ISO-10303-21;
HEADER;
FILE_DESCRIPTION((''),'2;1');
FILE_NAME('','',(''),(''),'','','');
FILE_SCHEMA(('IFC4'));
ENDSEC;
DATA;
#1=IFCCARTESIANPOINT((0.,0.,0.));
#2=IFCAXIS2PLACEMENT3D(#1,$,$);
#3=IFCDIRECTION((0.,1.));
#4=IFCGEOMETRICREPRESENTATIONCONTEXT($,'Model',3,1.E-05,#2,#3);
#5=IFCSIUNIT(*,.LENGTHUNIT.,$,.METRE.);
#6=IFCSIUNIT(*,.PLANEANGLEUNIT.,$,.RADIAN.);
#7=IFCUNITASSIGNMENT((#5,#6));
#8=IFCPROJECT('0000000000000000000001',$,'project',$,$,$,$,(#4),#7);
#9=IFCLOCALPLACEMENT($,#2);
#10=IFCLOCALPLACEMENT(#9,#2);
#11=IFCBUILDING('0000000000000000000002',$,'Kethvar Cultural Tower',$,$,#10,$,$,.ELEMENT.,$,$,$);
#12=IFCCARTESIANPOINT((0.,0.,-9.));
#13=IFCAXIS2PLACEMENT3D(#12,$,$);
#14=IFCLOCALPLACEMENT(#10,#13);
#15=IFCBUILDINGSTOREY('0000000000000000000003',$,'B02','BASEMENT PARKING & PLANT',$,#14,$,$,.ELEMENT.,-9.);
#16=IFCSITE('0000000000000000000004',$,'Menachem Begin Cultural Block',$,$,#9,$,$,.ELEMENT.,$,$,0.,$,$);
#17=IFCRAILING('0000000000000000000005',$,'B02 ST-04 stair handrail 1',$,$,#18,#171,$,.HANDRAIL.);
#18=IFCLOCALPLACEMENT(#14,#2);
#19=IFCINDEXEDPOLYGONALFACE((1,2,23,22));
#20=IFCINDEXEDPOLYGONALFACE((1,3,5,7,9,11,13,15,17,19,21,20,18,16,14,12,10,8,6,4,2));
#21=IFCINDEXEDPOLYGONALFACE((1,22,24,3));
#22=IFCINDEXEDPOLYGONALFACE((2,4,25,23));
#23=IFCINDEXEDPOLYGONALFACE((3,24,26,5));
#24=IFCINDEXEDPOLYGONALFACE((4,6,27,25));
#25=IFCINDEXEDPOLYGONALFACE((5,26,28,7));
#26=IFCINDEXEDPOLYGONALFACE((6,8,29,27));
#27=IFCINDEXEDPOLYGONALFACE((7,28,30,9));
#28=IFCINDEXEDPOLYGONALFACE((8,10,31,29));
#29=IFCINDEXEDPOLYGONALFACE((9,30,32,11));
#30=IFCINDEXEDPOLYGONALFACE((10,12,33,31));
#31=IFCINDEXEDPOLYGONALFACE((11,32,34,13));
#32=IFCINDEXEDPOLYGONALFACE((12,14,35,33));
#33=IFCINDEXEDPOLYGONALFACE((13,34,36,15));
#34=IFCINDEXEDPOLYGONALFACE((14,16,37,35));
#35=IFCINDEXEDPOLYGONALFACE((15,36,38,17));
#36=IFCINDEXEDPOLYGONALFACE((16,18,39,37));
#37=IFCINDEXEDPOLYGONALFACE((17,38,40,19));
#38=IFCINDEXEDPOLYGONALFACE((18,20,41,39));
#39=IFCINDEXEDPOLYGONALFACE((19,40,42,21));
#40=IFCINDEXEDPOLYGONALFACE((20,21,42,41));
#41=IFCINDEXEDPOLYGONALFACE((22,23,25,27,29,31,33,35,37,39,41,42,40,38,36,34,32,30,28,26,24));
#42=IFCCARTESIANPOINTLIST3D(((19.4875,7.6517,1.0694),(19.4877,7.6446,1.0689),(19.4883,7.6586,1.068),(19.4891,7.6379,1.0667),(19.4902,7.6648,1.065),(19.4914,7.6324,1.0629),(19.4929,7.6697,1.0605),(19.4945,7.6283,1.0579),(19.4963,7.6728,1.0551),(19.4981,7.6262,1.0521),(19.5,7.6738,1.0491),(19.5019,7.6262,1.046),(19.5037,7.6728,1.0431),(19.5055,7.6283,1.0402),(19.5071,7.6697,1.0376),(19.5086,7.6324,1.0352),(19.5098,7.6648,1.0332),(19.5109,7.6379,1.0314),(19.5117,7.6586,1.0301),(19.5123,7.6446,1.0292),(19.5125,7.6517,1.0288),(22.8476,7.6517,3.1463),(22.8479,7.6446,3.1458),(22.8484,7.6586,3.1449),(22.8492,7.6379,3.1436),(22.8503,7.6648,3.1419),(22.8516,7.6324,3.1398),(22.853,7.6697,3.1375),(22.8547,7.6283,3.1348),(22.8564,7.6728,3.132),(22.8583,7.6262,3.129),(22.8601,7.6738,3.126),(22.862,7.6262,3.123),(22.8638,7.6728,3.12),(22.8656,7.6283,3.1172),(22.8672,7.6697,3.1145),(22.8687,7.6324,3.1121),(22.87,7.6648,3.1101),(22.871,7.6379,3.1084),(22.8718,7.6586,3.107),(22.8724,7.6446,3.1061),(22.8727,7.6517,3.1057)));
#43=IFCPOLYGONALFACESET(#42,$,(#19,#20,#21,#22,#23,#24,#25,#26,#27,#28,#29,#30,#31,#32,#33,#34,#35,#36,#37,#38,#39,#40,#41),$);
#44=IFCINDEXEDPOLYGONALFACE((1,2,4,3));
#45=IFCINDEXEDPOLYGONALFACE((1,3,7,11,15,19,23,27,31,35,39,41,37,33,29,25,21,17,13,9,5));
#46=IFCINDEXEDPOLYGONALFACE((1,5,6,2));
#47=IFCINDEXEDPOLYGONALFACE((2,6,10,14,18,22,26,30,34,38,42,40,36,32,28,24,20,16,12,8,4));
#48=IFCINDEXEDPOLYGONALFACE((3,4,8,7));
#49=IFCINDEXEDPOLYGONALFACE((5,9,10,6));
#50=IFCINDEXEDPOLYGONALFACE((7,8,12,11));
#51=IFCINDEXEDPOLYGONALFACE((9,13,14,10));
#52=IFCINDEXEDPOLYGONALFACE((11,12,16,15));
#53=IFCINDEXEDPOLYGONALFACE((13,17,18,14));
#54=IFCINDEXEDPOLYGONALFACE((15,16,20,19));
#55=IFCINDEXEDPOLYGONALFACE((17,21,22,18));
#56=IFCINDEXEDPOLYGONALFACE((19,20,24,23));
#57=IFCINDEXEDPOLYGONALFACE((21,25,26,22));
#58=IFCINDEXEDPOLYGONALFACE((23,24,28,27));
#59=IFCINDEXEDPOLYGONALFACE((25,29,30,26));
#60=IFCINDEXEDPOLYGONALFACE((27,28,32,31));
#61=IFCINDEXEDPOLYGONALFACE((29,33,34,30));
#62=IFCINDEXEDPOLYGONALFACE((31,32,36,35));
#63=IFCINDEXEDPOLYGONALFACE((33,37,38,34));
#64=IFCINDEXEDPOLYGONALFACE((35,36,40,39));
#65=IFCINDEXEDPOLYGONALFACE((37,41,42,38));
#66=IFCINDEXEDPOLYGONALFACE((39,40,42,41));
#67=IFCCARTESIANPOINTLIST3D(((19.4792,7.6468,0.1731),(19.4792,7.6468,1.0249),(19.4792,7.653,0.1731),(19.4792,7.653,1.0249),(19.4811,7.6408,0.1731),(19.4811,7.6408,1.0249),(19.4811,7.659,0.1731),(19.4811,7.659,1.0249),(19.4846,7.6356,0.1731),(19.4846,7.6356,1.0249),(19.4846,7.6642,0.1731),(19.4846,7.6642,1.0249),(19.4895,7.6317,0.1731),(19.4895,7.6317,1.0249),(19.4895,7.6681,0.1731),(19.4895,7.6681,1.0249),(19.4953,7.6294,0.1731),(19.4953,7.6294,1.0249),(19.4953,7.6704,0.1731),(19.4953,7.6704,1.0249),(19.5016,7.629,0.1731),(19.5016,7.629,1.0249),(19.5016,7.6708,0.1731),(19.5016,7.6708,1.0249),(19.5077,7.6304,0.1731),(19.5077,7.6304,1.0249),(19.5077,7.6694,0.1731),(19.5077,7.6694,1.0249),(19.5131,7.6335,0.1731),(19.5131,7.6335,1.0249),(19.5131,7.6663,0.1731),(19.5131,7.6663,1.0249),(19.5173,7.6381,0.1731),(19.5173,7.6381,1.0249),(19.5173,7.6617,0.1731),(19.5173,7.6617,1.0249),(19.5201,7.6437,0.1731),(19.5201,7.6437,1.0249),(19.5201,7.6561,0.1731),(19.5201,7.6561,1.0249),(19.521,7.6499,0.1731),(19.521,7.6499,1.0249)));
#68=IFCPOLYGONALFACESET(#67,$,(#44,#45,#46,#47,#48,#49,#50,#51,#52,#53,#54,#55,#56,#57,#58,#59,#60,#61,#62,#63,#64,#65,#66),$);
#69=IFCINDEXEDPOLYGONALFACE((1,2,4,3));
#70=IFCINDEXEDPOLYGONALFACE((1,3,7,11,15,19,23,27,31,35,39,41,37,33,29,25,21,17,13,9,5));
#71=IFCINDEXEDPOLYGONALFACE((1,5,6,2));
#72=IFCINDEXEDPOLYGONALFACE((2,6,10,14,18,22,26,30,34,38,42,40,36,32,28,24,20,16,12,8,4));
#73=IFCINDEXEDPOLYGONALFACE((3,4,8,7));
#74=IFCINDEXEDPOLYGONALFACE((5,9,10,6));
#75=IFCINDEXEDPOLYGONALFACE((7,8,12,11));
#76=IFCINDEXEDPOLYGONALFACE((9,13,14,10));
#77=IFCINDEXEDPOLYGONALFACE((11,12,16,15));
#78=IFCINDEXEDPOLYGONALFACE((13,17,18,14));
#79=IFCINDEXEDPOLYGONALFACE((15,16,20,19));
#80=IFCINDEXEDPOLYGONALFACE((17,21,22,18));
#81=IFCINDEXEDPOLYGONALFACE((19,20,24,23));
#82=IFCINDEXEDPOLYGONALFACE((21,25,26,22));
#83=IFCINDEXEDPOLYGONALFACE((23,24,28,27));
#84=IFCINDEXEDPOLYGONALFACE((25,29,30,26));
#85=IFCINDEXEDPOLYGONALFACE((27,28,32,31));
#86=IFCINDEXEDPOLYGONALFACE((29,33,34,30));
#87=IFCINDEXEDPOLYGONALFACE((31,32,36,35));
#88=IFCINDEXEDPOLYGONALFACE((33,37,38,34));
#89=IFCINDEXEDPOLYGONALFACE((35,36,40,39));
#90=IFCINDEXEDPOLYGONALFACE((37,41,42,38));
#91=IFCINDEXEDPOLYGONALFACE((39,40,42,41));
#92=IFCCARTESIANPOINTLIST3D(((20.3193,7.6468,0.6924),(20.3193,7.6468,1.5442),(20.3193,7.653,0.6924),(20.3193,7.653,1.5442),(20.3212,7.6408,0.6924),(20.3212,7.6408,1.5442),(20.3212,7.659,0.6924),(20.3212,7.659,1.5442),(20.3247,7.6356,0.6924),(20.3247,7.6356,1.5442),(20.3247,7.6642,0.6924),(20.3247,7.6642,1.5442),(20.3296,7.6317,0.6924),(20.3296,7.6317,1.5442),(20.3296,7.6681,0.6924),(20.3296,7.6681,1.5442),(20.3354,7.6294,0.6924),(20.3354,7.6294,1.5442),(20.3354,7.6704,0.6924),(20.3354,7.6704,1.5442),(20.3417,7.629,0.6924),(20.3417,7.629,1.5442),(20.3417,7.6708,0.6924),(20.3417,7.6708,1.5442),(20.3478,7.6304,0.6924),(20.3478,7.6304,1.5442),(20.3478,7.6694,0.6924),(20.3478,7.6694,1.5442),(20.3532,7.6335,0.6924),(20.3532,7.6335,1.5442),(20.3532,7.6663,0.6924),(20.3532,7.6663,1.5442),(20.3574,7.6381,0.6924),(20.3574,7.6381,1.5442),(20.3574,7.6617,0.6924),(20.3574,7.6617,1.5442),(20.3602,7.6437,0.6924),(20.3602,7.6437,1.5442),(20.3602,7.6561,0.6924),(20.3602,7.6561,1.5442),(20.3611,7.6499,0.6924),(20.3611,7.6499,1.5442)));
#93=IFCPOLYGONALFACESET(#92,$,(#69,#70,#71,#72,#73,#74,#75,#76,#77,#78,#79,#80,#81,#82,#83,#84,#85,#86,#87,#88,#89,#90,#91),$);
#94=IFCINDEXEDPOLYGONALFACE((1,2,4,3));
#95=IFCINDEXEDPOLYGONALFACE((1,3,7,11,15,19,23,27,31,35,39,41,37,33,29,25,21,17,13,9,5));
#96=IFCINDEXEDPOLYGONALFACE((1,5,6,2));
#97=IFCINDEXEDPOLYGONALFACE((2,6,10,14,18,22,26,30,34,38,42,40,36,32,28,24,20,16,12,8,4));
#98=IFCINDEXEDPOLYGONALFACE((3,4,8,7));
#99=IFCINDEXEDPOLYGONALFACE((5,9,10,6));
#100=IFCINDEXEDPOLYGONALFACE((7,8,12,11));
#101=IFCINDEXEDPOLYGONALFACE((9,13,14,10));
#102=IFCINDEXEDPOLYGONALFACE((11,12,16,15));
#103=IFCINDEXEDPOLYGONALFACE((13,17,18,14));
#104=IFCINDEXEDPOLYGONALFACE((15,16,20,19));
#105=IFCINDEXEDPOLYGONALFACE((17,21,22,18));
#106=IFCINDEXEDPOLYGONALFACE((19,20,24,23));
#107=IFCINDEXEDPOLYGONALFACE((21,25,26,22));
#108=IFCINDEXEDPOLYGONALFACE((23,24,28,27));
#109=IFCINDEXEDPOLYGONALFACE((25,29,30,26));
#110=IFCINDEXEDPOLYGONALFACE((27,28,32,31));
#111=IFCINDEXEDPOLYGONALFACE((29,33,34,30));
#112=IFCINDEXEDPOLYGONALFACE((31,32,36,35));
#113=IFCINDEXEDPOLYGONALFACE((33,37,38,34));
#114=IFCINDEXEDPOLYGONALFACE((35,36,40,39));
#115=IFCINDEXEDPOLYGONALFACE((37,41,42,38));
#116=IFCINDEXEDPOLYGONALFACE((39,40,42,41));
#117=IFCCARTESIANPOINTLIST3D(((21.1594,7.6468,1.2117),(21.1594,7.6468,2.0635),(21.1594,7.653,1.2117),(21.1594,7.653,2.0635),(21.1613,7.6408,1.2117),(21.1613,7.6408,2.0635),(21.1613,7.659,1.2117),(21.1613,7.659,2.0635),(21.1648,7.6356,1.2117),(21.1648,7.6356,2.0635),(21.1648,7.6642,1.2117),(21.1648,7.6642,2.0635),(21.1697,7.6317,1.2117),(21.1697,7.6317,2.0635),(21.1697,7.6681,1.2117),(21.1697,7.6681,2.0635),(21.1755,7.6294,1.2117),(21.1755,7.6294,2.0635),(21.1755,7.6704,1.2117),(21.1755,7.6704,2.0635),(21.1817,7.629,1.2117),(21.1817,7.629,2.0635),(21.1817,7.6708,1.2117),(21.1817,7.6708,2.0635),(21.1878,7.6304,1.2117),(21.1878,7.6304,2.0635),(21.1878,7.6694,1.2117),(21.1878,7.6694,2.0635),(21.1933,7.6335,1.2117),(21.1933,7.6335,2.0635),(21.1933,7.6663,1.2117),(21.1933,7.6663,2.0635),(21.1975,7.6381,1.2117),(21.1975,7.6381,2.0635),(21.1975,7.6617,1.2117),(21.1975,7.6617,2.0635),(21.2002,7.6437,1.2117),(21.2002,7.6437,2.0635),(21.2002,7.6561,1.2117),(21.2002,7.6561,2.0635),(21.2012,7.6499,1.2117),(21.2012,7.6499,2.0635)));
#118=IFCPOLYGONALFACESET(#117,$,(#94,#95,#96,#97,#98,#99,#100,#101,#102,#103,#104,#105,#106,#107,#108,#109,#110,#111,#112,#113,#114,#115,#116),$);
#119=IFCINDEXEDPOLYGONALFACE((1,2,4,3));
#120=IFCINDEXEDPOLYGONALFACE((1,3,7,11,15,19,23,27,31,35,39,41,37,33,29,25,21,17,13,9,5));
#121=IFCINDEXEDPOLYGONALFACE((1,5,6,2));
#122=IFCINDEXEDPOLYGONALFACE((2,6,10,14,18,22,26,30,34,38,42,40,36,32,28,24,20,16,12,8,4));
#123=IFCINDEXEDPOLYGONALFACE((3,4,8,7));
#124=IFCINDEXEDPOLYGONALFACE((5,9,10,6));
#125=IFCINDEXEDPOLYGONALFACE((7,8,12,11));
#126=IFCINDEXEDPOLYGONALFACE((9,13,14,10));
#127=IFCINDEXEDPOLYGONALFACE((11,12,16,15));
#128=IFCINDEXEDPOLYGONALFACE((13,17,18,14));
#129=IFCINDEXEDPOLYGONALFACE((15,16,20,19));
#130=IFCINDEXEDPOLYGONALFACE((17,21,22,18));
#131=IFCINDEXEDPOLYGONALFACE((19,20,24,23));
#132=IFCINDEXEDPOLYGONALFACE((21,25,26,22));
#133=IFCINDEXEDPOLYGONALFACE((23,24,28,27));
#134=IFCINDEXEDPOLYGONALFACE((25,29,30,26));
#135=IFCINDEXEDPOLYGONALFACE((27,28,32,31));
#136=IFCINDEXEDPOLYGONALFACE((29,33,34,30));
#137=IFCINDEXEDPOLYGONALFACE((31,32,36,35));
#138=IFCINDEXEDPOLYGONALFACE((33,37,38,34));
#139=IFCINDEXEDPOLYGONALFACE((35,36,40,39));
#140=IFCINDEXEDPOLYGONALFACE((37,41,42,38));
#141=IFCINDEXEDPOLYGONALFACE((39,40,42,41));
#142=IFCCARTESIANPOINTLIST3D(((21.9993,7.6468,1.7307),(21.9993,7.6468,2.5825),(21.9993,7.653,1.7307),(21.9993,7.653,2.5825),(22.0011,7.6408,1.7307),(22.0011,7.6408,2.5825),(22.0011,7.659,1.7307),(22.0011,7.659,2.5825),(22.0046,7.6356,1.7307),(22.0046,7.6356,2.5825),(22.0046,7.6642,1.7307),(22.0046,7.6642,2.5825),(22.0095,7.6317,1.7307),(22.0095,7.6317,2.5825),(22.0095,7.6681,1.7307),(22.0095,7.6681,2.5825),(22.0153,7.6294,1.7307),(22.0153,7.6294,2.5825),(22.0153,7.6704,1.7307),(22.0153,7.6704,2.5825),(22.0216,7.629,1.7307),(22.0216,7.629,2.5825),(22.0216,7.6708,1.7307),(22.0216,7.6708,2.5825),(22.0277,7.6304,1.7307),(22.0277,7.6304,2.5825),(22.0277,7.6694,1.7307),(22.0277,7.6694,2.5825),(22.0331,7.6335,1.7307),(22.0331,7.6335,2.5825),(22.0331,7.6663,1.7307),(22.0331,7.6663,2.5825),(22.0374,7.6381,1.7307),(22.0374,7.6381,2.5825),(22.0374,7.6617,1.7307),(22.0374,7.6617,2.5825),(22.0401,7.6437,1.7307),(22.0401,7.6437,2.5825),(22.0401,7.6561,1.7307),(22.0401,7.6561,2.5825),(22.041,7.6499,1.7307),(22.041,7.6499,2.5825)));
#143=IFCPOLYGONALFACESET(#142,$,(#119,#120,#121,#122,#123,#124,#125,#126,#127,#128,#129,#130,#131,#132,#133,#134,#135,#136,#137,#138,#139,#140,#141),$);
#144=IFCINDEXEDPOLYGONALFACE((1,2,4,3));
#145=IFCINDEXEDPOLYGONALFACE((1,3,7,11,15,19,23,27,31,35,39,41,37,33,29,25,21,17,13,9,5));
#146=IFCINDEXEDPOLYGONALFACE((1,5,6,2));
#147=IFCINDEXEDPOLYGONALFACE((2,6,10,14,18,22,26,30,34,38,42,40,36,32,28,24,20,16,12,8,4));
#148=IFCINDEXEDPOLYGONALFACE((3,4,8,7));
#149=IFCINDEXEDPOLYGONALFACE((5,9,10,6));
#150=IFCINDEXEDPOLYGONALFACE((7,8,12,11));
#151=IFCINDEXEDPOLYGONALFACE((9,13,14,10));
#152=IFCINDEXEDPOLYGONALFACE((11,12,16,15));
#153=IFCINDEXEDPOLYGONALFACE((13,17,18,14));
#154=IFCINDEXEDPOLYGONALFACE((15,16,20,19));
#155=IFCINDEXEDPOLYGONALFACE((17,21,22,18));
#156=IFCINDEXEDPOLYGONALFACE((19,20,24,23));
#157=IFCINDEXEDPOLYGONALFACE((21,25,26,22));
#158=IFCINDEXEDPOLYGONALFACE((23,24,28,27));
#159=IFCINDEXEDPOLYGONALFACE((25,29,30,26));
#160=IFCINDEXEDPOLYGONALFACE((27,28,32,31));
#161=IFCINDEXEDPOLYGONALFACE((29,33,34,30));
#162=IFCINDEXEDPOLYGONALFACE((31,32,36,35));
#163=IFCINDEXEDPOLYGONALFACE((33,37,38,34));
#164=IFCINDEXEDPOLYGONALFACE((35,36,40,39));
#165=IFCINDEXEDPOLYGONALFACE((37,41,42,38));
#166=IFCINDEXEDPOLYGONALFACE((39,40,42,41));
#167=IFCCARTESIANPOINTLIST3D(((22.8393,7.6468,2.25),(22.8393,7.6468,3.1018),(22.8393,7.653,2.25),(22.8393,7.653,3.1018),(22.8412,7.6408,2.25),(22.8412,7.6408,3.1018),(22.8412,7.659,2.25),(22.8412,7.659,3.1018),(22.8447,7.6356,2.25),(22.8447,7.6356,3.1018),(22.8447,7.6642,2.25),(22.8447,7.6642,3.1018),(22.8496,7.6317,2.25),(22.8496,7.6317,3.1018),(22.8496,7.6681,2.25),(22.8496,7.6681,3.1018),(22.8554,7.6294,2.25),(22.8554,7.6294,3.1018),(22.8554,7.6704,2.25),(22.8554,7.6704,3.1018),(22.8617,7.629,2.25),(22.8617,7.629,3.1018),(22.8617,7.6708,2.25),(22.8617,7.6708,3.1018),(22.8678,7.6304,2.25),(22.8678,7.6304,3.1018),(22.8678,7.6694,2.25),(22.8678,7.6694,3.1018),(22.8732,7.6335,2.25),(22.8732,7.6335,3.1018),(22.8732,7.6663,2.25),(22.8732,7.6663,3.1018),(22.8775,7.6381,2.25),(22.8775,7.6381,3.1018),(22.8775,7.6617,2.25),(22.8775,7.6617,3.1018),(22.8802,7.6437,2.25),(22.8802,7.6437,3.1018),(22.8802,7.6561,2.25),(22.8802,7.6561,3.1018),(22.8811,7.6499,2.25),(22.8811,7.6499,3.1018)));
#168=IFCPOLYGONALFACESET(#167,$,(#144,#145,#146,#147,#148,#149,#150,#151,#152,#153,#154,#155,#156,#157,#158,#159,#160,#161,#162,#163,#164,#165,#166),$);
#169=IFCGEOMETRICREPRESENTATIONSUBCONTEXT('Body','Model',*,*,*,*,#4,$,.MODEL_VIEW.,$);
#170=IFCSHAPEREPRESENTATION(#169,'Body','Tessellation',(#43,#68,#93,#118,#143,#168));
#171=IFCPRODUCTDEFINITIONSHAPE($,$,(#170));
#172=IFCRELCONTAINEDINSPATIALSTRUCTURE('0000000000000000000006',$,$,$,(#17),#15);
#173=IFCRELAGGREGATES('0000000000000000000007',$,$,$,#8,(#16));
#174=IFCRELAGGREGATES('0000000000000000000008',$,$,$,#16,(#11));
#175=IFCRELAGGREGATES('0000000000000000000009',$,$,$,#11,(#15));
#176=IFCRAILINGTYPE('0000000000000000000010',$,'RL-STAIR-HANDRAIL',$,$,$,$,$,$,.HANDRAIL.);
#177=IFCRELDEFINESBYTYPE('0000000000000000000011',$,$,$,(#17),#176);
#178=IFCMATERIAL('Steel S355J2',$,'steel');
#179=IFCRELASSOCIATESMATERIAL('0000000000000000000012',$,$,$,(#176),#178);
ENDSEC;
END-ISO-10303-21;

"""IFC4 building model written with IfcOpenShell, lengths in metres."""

from ifc_helpers import new_model, si_unit, direction, frame, origin, origin_2d, place, context, subcontext, project, spatial, circle, extrude, material, type_object, element, save


model = new_model("IFC4")

# Units and contexts
model_context = context("Model", 3, precision=1e-05, world=origin(), true_north=direction((0.0, 1.0)))
body_context = subcontext(model_context, "Body", "Model", "MODEL_VIEW")
ifc_project = project(units=[si_unit("LENGTHUNIT", "METRE"), si_unit("PLANEANGLEUNIT", "RADIAN")], contexts=[model_context])

# Site, building, storey
site_placement = place(None, origin())
site = spatial("IfcSite", under=ifc_project, at=site_placement, Name="Menachem Begin Cultural Block", CompositionType="ELEMENT", RefElevation=0.0)
building_placement = place(site_placement, origin())
building = spatial("IfcBuilding", under=site, at=building_placement, Name="Kethvar Cultural Tower", CompositionType="ELEMENT")
storey_placement = place(building_placement, frame((0.0, 0.0, -9.0)))
storey = spatial("IfcBuildingStorey", under=building, at=storey_placement, Name="B02", Description="BASEMENT PARKING & PLANT", CompositionType="ELEMENT", Elevation=-9.0)

# Shared definitions
ifc_material_1 = material(Name="Steel S355J2", Category="steel")

# Railing
railing_type_1 = type_object("IfcRailingType", Name="RL-STAIR-HANDRAIL", PredefinedType="HANDRAIL", material=ifc_material_1)
railing_1_placement = place(storey_placement, frame((19.5, 7.6499, 0.1731)))
element("IfcRailing", 1, at=railing_1_placement, inside=storey, type_object=railing_type_1, Name="B02 ST-04 stair handrail 1", PredefinedType="HANDRAIL", context=body_context, shape_type="SweptSolid", body=[
    extrude(circle(Radius=0.0239, at=origin_2d()), frame((0.0, 0.0, 0.876), z_axis=(0.850623, 0.0, 0.525776), x_axis=(0.0, 1.0, 0.0)), (0.0, 0.0, 1.0), 3.9502),
    extrude(circle(Radius=0.021, at=origin_2d()), origin(), (0.0, 0.0, 1.0), 0.8518),
    extrude(circle(Radius=0.021, at=origin_2d()), frame((0.8401, 0.0, 0.5193)), (0.0, 0.0, 1.0), 0.8518),
    extrude(circle(Radius=0.021, at=origin_2d()), frame((1.6802, 0.0, 1.0386)), (0.0, 0.0, 1.0), 0.8518),
    extrude(circle(Radius=0.021, at=origin_2d()), frame((2.52, 0.0, 1.5576)), (0.0, 0.0, 1.0), 0.8518),
    extrude(circle(Radius=0.021, at=origin_2d()), frame((3.3601, 0.0, 2.0769)), (0.0, 0.0, 1.0), 0.8518),
])

save(model, "model.ifc")
